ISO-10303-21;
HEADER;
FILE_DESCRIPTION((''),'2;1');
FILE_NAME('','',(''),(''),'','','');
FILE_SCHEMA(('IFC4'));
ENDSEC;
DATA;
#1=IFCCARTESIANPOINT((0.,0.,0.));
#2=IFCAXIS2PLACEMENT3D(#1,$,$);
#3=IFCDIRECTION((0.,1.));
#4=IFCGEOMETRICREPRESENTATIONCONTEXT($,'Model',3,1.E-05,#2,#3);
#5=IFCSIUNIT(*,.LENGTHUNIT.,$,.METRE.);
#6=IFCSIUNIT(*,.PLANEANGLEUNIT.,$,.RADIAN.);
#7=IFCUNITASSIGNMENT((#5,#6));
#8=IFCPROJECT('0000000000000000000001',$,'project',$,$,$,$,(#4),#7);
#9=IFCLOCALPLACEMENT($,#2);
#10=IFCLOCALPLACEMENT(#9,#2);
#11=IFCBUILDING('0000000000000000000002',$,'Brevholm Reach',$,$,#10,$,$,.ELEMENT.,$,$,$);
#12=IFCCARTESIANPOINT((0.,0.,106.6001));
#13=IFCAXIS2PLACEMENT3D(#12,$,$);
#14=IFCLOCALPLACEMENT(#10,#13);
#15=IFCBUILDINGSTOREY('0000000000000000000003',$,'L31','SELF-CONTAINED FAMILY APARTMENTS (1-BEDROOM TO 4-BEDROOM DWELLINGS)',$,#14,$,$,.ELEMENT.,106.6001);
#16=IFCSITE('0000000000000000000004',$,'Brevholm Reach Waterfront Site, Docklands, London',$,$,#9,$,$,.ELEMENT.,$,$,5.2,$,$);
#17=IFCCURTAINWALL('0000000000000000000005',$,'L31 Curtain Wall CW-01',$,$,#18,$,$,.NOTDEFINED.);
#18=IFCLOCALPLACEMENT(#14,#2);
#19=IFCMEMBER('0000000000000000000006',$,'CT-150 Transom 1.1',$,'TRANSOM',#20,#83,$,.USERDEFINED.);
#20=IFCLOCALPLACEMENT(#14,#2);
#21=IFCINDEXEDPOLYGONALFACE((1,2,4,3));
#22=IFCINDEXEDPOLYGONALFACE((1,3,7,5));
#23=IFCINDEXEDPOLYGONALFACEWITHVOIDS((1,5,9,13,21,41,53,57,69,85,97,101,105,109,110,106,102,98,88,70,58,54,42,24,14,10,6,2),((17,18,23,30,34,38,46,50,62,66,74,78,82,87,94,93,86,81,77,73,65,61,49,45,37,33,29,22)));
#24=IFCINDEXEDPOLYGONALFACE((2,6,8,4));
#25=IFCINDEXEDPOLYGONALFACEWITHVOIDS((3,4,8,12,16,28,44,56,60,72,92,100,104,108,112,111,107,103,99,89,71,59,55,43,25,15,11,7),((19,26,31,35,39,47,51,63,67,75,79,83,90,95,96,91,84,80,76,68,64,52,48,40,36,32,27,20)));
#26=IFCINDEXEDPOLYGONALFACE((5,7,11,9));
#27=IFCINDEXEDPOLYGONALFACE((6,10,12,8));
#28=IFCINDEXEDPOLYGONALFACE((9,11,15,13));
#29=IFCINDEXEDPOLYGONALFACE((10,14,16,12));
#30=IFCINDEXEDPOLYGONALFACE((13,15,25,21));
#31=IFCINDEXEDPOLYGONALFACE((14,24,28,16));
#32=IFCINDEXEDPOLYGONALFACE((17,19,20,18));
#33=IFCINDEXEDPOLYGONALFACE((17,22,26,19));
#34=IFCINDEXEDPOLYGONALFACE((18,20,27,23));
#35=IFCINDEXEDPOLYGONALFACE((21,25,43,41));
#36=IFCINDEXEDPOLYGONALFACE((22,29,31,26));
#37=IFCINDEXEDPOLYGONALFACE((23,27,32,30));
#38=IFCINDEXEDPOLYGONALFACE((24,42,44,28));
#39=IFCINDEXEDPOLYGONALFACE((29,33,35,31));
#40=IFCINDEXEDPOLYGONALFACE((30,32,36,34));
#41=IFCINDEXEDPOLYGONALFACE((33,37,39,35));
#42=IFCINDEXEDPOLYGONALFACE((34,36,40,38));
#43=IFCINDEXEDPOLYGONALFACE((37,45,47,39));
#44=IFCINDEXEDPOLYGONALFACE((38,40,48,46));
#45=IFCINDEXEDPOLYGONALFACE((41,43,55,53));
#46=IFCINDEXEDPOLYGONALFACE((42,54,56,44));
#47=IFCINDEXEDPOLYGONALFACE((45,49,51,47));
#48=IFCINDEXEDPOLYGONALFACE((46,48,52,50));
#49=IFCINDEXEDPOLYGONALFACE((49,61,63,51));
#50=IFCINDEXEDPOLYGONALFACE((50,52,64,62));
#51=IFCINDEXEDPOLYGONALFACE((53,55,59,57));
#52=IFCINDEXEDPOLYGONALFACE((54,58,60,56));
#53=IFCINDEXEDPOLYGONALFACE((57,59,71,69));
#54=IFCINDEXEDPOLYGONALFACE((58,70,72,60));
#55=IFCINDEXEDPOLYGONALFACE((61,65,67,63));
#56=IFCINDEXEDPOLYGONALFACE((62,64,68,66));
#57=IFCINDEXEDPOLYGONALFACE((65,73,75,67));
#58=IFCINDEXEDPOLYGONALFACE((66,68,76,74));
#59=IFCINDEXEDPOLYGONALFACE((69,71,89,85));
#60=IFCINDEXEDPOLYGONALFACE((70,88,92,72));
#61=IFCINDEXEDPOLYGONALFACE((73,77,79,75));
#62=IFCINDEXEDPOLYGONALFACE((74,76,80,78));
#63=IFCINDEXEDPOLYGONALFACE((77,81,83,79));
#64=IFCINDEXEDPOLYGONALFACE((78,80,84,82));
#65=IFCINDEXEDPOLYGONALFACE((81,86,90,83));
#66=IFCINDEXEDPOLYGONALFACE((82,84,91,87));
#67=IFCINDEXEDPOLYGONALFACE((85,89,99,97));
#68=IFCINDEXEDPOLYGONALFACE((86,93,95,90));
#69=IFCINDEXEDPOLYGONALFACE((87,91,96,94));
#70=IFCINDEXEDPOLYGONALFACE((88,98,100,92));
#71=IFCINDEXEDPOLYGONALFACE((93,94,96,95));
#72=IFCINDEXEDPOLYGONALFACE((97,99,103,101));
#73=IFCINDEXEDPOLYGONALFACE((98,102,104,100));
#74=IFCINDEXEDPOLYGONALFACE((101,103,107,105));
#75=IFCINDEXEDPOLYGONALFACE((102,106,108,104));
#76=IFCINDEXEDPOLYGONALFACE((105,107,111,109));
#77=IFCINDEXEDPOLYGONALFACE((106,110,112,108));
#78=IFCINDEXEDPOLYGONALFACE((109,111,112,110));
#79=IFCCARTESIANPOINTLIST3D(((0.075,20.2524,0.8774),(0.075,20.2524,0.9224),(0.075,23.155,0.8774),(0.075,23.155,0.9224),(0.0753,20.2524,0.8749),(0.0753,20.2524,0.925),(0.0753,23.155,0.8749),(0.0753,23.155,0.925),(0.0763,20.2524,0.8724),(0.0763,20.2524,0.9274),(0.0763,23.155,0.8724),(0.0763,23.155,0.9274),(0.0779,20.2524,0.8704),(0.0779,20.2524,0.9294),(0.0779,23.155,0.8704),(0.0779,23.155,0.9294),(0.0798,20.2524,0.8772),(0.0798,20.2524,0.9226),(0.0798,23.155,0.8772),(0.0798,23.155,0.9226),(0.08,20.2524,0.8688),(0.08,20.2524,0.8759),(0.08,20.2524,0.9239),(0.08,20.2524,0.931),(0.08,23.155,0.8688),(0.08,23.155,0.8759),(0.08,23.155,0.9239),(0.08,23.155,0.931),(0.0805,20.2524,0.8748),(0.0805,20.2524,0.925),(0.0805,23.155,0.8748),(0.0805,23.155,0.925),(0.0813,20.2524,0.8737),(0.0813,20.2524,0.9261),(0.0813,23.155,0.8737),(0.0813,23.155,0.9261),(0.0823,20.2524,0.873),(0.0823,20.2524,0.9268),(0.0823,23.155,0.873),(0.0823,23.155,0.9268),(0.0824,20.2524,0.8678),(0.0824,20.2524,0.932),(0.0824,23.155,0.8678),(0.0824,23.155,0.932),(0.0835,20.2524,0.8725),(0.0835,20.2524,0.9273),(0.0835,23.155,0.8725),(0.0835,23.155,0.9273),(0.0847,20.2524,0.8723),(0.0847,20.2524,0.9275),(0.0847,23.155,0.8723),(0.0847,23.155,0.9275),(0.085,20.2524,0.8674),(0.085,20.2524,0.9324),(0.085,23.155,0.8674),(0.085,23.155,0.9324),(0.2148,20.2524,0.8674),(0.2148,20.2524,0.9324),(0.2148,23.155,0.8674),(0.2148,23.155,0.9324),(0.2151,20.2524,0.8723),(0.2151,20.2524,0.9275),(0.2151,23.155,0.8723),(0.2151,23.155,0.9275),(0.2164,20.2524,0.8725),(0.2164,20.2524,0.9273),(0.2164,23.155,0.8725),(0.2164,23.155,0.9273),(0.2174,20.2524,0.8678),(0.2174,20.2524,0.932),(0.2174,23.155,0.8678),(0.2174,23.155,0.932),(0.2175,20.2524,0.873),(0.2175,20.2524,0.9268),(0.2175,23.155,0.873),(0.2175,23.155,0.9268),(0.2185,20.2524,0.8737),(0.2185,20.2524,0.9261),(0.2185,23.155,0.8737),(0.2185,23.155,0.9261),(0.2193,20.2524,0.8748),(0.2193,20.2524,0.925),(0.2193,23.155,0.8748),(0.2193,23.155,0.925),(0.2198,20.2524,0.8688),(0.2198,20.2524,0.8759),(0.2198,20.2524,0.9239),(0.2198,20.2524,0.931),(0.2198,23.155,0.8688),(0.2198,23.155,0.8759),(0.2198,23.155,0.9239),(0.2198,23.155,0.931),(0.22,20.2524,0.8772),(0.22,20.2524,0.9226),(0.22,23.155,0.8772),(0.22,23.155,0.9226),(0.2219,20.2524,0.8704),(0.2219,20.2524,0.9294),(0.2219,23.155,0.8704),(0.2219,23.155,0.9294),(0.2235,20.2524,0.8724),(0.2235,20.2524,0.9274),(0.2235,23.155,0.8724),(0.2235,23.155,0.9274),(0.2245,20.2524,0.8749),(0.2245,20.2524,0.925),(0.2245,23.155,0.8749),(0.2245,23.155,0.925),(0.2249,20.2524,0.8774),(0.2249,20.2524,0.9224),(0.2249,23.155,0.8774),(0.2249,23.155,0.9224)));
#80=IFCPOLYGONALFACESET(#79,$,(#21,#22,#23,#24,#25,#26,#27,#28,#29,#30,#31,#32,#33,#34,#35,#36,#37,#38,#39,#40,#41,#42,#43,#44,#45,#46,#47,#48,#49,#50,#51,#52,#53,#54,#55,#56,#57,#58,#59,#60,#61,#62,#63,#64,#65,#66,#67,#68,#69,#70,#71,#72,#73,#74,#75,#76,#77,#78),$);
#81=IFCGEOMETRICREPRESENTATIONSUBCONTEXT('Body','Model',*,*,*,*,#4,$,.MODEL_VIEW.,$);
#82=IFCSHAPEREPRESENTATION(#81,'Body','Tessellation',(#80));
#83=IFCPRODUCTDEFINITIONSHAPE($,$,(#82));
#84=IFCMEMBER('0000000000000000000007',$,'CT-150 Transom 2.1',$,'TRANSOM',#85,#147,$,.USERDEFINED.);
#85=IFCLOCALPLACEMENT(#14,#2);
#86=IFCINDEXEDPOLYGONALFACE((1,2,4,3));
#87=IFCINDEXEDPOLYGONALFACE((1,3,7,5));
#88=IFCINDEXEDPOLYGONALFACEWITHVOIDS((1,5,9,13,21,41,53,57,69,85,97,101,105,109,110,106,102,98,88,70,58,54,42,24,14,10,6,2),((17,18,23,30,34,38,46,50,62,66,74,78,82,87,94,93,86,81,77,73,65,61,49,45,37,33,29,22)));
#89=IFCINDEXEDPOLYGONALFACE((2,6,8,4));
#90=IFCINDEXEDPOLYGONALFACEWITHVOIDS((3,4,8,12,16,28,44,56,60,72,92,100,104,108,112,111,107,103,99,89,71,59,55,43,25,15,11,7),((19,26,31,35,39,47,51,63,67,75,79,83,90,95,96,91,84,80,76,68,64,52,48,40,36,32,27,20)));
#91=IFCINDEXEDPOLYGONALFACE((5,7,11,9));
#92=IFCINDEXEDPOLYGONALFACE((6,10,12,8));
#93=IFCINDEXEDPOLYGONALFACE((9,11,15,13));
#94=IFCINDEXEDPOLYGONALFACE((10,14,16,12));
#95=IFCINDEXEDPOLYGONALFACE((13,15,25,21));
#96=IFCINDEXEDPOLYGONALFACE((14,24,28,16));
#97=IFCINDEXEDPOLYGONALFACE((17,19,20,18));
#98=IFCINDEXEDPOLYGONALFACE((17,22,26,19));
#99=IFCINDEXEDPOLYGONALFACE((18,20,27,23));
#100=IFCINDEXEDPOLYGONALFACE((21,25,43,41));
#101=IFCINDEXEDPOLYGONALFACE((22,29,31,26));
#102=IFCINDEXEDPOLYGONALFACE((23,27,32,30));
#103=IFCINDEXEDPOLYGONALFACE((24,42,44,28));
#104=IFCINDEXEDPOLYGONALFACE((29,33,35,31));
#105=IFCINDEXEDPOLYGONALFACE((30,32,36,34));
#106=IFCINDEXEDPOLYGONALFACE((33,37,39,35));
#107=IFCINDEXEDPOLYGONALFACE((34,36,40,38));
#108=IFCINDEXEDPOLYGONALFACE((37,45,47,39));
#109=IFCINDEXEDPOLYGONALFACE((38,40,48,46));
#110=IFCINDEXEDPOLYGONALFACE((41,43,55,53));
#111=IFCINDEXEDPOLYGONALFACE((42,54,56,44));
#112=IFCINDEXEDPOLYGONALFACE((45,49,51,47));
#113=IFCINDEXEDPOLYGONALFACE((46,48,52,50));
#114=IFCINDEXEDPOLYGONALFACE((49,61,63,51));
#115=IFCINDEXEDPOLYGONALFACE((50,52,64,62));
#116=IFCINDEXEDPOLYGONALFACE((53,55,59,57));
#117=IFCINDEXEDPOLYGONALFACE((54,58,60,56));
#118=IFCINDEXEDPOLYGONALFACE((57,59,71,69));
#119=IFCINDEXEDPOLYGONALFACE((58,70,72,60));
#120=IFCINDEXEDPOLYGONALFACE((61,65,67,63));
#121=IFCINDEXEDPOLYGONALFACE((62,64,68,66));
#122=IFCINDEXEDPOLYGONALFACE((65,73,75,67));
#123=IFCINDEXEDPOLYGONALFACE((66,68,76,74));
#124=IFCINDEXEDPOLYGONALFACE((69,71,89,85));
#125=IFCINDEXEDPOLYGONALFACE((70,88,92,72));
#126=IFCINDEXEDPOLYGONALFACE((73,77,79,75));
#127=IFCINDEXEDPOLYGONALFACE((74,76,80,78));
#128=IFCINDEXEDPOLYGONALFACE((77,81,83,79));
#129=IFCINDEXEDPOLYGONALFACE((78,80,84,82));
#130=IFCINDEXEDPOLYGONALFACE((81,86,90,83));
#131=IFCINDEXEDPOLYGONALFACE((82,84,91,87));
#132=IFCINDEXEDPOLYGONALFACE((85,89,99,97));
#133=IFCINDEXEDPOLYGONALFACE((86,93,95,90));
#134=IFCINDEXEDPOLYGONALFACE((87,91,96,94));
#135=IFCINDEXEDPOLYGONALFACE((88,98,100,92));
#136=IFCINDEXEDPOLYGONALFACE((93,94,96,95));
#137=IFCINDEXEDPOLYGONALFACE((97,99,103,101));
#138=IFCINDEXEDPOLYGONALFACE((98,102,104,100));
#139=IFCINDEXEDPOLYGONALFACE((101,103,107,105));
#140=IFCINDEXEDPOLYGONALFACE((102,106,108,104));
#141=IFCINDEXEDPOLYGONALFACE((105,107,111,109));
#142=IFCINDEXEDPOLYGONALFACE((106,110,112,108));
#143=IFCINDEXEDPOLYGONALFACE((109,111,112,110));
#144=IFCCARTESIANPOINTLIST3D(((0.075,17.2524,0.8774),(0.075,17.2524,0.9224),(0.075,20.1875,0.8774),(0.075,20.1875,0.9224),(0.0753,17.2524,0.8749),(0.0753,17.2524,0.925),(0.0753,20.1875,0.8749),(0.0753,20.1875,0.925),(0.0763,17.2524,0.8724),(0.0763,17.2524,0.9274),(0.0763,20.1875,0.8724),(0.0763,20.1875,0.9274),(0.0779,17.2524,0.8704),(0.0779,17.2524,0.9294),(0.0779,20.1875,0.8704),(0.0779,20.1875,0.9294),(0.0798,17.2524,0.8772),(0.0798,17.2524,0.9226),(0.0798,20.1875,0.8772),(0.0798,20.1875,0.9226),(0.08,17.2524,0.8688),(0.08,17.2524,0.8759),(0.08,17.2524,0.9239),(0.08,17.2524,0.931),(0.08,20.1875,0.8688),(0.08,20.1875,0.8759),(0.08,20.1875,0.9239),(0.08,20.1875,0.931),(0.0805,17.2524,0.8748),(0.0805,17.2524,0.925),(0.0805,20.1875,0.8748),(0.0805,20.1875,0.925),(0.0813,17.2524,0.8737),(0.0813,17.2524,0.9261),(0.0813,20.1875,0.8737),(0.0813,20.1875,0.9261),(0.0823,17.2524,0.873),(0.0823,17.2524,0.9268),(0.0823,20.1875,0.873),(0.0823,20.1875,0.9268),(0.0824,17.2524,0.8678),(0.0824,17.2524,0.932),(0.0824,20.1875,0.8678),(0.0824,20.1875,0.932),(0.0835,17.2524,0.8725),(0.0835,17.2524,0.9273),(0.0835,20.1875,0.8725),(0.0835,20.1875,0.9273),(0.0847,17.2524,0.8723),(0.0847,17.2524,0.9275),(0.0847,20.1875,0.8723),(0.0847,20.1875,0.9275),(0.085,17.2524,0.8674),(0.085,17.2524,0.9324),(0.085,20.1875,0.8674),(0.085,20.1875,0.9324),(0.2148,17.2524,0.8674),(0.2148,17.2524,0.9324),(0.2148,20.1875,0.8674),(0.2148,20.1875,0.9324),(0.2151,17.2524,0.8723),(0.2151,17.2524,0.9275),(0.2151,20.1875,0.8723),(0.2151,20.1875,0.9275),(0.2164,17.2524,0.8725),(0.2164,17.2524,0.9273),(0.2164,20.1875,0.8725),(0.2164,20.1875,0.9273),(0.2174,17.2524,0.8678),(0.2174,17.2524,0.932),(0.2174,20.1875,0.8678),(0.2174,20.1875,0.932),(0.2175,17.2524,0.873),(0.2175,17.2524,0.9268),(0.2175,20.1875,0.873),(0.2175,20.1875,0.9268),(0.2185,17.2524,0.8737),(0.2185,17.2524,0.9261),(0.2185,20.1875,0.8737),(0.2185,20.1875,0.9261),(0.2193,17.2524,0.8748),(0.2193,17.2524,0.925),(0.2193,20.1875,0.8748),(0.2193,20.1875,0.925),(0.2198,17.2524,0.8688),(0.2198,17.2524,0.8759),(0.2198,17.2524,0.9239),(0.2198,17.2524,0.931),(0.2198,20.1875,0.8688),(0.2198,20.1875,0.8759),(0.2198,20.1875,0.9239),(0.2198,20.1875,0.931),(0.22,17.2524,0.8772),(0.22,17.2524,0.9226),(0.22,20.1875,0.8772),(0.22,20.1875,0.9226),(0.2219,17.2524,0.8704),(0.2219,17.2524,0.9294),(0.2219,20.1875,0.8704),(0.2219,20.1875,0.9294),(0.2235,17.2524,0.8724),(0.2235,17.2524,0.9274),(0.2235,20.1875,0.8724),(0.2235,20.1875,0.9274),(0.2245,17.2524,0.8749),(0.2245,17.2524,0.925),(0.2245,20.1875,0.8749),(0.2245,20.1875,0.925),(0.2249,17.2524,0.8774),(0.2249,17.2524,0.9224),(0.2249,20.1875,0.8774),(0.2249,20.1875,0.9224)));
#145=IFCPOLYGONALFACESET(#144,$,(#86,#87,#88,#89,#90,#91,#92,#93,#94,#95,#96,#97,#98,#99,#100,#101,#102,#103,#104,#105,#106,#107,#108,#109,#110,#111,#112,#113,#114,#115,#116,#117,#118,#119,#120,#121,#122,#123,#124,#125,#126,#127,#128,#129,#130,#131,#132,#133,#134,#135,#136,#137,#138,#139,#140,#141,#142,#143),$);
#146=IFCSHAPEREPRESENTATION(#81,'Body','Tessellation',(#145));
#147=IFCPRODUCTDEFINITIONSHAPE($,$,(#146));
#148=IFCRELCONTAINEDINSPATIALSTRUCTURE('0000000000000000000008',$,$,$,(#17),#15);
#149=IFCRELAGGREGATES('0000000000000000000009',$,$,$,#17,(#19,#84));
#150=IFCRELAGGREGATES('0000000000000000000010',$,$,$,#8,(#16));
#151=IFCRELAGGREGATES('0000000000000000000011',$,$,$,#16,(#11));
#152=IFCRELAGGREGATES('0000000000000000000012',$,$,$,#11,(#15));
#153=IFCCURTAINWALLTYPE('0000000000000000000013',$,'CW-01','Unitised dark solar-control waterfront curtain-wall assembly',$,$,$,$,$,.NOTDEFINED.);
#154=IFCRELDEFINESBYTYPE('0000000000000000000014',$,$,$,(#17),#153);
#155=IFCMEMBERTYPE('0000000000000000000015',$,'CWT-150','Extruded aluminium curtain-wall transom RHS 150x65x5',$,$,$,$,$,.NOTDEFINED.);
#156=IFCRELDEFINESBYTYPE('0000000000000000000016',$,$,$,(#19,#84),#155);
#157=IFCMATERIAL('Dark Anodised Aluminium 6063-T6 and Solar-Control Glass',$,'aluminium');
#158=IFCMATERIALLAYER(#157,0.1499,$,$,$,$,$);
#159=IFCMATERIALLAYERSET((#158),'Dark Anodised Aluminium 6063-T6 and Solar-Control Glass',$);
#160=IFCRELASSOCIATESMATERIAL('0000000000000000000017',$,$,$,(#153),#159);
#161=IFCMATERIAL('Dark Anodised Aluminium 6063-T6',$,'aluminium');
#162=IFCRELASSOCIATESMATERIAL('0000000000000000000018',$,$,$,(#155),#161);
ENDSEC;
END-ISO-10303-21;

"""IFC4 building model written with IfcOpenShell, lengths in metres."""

from ifc_helpers import new_model, si_unit, direction, frame, origin, origin_2d, place, context, subcontext, project, spatial, hollow_rectangle, extrude, material, layer, layer_set, material_profile, profile_set, type_object, element, aggregate, save


model = new_model("IFC4")

# Units and contexts
model_context = context("Model", 3, precision=1e-05, world=origin(), true_north=direction((0.0, 1.0)))
body_context = subcontext(model_context, "Body", "Model", "MODEL_VIEW")
ifc_project = project(units=[si_unit("LENGTHUNIT", "METRE"), si_unit("PLANEANGLEUNIT", "RADIAN")], contexts=[model_context])

# Site, building, storey
site_placement = place(None, origin())
site = spatial("IfcSite", under=ifc_project, at=site_placement, Name="Brevholm Reach Waterfront Site, Docklands, London", CompositionType="ELEMENT", RefElevation=5.2)
building_placement = place(site_placement, origin())
building = spatial("IfcBuilding", under=site, at=building_placement, Name="Brevholm Reach", CompositionType="ELEMENT")
storey_placement = place(building_placement, frame((0.0, 0.0, 106.6001)))
storey = spatial("IfcBuildingStorey", under=building, at=storey_placement, Name="L31", Description="SELF-CONTAINED FAMILY APARTMENTS (1-BEDROOM TO 4-BEDROOM DWELLINGS)", CompositionType="ELEMENT", Elevation=106.6001)

# Curtain wall, members
ifc_material_1 = material(Name="Dark Anodised Aluminium 6063-T6 and Solar-Control Glass", Category="aluminium")
ifc_layer_1 = layer(ifc_material_1, 0.1499)
ifc_layer_set_1 = layer_set([ifc_layer_1], Name="Dark Anodised Aluminium 6063-T6 and Solar-Control Glass")
curtain_wall_type = type_object("IfcCurtainWallType", Name="CW-01", Description="Unitised dark solar-control waterfront curtain-wall assembly", PredefinedType="NOTDEFINED", material=ifc_layer_set_1)
curtain_wall_placement = place(storey_placement, origin())
curtain_wall = element("IfcCurtainWall", 1, at=curtain_wall_placement, inside=storey, type_object=curtain_wall_type, Name="L31 Curtain Wall CW-01", PredefinedType="NOTDEFINED")
ifc_material_2 = material(Name="Dark Anodised Aluminium 6063-T6", Category="aluminium")
ifc_material_profile_1 = material_profile(ifc_material_2, hollow_rectangle(XDim=0.0649, YDim=0.1499, WallThickness=0.0049, InnerFilletRadius=0.0049, OuterFilletRadius=0.01, at=origin_2d()), Name="RHS 150x65x5")
ifc_profile_set_1 = profile_set([ifc_material_profile_1], Name="Dark Anodised Aluminium 6063-T6")
member_type_1 = type_object("IfcMemberType", Name="CWT-150", Description="Extruded aluminium curtain-wall transom RHS 150x65x5", PredefinedType="NOTDEFINED", material=ifc_profile_set_1)
member_1_placement = place(storey_placement, frame((0.1499, 23.155, 0.8999), z_axis=(0.0, -1.0, 0.0), x_axis=(0.0, 0.0, 1.0)))
member_1 = element("IfcMember", 2, at=member_1_placement, type_object=member_type_1, Name="CT-150 Transom 1.1", ObjectType="TRANSOM", PredefinedType="USERDEFINED", context=body_context, shape_type="SweptSolid", body=[
    extrude(hollow_rectangle(XDim=0.0649, YDim=0.1499, WallThickness=0.0049, InnerFilletRadius=0.0049, OuterFilletRadius=0.01, at=origin_2d()), origin(), (0.0, 0.0, 1.0), 2.9026),
])
member_2_placement = place(storey_placement, frame((0.1499, 20.1875, 0.8999), z_axis=(0.0, -1.0, 0.0), x_axis=(0.0, 0.0, 1.0)))
member_2 = element("IfcMember", 3, at=member_2_placement, type_object=member_type_1, Name="CT-150 Transom 2.1", ObjectType="TRANSOM", PredefinedType="USERDEFINED", context=body_context, shape_type="SweptSolid", body=[
    extrude(hollow_rectangle(XDim=0.0649, YDim=0.1499, WallThickness=0.0049, InnerFilletRadius=0.0049, OuterFilletRadius=0.01, at=origin_2d()), origin(), (0.0, 0.0, 1.0), 2.9351),
])
aggregate(curtain_wall, [member_1, member_2])

save(model, "model.ifc")
